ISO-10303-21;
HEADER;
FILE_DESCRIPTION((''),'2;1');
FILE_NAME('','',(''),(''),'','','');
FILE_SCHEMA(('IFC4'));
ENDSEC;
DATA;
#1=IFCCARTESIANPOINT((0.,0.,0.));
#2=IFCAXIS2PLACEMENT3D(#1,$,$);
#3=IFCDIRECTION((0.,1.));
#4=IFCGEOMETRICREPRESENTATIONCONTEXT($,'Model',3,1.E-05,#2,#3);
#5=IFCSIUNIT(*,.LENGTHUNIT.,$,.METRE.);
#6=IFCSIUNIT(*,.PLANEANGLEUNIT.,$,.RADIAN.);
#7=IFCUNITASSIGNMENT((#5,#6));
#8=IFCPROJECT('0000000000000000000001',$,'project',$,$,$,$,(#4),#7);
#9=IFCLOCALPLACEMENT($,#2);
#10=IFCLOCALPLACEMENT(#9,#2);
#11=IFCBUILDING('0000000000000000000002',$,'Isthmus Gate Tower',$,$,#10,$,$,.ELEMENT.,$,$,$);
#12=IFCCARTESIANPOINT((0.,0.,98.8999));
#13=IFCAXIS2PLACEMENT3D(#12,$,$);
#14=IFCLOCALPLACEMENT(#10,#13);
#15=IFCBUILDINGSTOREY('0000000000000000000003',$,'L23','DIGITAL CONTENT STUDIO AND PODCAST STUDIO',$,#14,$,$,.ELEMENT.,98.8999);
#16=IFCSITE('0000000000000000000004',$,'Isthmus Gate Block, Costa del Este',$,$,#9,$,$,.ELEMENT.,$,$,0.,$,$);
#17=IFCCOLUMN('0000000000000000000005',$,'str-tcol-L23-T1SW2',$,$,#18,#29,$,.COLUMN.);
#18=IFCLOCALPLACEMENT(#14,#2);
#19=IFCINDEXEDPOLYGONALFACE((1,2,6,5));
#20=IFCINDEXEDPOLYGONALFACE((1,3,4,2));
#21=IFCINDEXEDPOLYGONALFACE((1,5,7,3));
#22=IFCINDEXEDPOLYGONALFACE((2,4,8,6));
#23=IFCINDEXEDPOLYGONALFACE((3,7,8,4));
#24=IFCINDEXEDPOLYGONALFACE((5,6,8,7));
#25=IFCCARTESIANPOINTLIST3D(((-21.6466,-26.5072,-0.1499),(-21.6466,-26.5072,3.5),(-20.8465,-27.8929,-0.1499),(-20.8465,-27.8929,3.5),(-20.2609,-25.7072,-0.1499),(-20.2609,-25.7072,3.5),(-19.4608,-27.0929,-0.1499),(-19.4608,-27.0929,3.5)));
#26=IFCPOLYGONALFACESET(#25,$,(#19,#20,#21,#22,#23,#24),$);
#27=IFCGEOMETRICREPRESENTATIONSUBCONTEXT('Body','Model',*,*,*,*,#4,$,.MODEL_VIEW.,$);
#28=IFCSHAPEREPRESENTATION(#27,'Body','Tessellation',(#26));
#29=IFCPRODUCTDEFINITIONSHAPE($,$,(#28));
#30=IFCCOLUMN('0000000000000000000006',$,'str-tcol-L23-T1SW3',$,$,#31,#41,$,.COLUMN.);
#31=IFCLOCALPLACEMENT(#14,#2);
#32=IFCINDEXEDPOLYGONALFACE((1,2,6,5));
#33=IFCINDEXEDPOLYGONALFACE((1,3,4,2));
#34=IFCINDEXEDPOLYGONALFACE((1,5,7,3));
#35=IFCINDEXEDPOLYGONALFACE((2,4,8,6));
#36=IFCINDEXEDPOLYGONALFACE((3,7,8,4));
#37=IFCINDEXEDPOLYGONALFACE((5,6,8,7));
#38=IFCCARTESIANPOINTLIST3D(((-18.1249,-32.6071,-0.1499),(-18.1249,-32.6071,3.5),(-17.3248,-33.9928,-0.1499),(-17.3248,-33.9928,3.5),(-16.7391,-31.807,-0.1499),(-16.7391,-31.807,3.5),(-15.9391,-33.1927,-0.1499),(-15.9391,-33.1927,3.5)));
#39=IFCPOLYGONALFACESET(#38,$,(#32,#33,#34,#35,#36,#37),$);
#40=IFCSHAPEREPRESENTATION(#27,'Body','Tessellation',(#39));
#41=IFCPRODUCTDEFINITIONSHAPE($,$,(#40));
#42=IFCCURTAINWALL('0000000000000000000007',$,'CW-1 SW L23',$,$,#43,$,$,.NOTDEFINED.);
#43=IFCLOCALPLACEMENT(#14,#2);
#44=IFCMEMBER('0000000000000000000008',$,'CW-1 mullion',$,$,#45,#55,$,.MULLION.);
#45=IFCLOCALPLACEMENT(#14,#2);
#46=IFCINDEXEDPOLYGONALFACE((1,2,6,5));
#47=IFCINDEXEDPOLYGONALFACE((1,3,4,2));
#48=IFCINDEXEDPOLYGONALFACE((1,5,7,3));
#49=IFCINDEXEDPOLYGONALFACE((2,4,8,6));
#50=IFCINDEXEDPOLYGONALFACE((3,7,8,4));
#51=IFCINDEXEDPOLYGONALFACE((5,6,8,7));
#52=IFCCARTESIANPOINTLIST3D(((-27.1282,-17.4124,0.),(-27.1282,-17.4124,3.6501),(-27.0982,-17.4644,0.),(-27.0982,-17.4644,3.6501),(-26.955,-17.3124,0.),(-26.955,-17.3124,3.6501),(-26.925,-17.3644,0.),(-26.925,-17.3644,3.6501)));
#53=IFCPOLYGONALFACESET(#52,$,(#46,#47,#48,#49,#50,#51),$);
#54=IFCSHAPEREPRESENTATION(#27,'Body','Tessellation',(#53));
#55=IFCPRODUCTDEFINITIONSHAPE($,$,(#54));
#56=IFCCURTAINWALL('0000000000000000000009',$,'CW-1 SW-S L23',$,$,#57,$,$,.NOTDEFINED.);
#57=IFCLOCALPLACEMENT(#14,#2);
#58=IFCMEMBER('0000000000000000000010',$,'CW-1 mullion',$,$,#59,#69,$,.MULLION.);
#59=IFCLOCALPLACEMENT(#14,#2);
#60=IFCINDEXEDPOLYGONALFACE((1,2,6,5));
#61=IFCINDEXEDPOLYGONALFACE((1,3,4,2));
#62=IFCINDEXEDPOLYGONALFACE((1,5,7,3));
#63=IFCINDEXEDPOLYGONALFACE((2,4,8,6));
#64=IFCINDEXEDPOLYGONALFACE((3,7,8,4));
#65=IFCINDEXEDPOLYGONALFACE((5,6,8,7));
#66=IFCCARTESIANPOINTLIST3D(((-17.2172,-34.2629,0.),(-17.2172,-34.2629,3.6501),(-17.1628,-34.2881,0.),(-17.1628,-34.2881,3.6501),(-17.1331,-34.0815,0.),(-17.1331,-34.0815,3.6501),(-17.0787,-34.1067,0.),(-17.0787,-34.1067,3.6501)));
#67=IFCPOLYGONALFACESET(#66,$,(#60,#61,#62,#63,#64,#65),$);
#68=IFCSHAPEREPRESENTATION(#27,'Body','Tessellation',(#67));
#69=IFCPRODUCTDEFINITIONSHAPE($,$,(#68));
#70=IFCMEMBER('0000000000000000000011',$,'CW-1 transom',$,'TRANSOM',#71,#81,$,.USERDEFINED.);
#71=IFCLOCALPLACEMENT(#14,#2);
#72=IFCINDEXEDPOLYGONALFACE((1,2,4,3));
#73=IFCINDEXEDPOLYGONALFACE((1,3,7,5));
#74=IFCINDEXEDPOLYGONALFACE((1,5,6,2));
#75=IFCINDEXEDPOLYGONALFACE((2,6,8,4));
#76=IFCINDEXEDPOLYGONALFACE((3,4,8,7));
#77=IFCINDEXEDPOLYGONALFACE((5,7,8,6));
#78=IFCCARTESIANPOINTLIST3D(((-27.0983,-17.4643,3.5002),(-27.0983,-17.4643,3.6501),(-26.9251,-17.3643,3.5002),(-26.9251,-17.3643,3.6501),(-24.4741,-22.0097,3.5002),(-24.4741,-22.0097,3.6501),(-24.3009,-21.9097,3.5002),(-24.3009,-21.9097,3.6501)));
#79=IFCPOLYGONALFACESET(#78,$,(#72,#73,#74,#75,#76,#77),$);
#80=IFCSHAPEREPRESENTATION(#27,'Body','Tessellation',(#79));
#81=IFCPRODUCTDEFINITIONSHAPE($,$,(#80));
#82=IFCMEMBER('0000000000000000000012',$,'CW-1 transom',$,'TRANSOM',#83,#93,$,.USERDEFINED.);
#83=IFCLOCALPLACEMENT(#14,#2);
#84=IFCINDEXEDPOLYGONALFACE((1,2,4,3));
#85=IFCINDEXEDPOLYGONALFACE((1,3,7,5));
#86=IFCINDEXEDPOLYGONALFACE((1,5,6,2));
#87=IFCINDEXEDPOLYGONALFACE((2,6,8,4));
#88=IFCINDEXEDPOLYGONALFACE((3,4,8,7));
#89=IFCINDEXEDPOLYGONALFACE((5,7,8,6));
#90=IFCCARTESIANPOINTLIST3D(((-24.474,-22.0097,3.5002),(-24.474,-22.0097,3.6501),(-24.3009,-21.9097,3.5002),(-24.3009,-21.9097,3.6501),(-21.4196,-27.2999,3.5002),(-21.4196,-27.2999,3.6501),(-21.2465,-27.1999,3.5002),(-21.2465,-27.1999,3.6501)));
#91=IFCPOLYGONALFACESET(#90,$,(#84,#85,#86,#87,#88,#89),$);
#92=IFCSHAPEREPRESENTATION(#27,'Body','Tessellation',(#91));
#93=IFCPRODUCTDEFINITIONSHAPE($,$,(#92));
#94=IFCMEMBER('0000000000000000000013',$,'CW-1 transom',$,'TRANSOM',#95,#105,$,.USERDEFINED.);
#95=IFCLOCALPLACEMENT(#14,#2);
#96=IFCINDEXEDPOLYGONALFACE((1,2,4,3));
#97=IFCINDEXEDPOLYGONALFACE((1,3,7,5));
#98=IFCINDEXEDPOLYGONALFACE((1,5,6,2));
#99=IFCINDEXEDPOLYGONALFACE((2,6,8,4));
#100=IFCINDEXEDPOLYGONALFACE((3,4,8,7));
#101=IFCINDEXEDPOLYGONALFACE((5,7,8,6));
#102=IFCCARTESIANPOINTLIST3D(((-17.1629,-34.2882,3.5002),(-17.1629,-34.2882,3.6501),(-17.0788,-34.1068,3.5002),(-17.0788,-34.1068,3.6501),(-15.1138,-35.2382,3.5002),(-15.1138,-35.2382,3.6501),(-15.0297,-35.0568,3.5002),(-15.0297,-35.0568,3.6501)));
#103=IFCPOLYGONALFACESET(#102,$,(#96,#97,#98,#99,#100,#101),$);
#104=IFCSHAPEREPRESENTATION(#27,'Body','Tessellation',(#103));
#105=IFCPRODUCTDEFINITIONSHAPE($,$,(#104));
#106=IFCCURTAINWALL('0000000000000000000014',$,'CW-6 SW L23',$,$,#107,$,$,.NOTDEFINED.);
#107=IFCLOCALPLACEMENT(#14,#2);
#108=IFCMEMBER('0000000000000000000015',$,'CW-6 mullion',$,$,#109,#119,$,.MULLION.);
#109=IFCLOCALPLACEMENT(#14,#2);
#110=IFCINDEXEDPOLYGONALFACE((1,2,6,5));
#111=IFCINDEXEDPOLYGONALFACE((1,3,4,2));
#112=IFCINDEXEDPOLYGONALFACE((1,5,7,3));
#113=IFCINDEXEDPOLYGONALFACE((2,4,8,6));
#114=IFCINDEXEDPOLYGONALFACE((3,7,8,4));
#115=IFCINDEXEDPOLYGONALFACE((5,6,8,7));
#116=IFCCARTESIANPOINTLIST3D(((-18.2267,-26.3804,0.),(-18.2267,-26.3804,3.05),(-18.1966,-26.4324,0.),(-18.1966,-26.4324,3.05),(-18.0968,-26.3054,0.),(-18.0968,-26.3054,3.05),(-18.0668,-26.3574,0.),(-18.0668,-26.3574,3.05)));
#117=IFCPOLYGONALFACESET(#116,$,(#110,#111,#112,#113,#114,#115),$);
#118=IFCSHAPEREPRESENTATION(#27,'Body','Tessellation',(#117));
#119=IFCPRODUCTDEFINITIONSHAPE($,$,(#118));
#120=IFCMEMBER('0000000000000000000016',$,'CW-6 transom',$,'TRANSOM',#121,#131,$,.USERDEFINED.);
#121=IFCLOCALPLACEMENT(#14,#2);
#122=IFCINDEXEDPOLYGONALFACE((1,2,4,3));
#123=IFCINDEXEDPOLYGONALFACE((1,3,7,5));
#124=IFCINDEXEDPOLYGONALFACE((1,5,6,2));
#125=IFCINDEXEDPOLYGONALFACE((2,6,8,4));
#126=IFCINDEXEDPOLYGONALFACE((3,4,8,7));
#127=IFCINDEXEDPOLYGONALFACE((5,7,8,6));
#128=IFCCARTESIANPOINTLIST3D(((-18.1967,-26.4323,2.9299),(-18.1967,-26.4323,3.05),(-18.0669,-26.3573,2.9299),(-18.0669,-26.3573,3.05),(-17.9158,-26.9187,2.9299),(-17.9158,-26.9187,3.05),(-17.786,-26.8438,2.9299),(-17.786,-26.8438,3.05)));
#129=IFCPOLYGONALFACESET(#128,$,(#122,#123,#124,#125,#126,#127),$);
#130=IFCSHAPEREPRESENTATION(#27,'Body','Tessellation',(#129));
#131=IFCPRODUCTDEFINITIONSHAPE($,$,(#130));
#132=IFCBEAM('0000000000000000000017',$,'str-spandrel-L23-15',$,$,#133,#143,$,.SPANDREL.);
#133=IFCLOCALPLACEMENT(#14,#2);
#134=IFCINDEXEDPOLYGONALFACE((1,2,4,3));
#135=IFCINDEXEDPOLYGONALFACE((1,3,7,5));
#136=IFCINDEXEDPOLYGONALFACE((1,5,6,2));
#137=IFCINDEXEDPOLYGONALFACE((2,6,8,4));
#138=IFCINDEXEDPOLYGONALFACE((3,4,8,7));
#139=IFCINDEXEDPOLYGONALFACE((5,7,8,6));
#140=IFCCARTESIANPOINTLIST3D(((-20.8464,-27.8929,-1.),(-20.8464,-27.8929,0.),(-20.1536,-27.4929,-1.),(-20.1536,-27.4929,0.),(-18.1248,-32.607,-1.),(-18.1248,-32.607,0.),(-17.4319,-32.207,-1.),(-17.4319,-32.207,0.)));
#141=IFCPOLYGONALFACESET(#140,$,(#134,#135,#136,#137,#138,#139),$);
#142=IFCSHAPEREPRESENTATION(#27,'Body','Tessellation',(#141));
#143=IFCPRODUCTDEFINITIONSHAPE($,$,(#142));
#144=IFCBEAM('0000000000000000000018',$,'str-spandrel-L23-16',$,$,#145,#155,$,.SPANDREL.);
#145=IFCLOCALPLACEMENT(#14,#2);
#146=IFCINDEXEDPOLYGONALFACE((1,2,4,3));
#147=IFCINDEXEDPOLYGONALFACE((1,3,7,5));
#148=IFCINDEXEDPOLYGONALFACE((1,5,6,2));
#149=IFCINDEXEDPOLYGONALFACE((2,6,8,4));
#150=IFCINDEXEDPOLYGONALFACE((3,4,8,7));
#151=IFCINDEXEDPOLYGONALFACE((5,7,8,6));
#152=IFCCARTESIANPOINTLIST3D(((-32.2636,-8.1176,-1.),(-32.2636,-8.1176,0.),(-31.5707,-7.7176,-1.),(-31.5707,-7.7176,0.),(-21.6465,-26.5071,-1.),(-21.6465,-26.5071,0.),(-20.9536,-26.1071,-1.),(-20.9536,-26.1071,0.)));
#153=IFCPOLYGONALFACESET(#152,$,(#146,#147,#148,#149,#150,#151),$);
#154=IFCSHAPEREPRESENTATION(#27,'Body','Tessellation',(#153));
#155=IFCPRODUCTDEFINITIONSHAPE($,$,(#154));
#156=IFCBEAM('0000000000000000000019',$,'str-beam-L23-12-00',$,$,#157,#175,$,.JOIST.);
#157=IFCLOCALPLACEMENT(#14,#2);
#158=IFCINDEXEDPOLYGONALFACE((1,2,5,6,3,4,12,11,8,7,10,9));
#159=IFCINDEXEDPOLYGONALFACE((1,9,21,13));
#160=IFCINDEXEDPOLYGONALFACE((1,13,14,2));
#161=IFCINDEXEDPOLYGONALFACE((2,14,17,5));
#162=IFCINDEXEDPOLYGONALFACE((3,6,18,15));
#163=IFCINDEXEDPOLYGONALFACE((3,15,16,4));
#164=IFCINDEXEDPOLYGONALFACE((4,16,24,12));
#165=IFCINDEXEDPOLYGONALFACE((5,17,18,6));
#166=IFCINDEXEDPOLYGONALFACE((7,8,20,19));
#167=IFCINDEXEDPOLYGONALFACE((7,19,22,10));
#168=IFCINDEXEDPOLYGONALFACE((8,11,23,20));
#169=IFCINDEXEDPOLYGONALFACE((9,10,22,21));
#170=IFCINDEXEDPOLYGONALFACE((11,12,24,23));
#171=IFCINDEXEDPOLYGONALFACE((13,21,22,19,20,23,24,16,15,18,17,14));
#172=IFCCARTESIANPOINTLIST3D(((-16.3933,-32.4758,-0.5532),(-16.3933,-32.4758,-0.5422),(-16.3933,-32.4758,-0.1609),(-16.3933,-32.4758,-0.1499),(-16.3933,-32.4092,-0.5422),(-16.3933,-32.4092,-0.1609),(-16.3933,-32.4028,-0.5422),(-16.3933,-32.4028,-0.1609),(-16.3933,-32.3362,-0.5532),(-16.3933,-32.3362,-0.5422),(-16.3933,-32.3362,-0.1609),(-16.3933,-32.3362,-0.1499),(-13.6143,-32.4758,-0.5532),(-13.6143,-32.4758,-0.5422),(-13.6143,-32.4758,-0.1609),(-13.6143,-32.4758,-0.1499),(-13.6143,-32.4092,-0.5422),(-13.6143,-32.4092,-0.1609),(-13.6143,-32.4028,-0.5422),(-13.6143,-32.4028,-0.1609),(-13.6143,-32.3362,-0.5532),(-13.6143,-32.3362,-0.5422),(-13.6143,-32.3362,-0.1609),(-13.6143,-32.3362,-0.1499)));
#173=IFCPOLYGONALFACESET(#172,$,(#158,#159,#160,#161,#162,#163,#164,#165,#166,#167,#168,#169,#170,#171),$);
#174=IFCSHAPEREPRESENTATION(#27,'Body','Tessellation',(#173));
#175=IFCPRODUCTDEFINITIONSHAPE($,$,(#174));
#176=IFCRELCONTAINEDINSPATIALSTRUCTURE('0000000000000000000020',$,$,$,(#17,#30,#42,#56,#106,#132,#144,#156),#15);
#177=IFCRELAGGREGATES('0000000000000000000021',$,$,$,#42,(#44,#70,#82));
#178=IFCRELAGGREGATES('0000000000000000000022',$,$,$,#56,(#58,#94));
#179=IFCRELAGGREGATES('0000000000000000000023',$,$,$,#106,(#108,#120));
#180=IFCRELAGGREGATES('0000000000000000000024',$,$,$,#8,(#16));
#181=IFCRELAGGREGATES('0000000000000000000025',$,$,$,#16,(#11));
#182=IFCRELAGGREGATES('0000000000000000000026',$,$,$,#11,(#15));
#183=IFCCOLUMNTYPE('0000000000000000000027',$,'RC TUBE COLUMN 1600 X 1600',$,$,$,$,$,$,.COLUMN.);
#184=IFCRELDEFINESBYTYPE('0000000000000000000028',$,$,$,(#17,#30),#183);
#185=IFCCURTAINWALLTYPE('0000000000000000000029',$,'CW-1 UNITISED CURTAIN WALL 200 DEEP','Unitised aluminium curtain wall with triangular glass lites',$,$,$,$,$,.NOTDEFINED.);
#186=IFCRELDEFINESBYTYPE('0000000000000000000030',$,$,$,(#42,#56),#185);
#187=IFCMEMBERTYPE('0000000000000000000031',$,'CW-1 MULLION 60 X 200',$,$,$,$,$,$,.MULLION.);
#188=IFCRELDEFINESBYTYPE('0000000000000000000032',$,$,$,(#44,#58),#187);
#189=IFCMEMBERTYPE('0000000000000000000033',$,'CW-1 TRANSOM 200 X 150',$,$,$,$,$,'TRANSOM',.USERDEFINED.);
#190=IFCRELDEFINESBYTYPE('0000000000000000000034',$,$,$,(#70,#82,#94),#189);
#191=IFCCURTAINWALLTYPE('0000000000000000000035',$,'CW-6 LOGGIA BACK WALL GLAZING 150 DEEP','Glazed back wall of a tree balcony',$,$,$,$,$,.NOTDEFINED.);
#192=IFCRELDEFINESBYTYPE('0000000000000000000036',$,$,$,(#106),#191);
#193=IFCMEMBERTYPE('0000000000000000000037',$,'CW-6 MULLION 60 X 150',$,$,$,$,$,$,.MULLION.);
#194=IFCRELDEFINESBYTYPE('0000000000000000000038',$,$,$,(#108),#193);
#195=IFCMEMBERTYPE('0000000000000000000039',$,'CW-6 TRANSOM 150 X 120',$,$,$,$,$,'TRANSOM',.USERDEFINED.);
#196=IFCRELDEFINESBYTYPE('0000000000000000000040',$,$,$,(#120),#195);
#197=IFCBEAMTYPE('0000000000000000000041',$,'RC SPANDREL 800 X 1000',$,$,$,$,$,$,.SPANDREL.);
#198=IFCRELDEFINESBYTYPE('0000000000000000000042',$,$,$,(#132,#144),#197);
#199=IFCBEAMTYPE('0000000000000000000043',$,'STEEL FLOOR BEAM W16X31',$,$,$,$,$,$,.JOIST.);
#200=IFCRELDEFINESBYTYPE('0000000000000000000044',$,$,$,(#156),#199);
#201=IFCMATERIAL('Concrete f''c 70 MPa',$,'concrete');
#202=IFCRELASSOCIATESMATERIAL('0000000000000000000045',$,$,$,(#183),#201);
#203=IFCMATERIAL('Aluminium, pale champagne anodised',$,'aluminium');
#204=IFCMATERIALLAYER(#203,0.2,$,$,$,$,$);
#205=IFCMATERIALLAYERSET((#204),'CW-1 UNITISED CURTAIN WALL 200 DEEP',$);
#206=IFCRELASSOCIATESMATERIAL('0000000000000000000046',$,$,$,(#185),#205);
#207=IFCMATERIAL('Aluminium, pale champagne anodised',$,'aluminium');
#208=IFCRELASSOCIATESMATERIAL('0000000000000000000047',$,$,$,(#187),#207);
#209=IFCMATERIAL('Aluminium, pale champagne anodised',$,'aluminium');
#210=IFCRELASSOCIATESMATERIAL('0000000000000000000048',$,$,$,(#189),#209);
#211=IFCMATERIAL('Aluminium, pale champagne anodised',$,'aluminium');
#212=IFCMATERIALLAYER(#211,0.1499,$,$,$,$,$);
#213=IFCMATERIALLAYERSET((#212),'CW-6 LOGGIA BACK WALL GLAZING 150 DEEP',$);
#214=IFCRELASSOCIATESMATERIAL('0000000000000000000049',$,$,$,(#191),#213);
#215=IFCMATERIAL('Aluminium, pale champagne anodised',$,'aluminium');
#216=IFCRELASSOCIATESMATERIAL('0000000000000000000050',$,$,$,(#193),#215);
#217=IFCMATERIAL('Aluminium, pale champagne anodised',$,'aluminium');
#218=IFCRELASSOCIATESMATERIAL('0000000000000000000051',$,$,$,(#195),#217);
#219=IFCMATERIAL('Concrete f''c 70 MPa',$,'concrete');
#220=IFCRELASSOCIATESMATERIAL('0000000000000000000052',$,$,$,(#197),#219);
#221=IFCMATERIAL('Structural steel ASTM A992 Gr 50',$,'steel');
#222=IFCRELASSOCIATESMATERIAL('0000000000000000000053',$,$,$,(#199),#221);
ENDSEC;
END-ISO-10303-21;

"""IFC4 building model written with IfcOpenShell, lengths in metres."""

from ifc_helpers import new_model, si_unit, direction, frame, origin, origin_2d, place, context, subcontext, project, spatial, rectangle, i_section, extrude, material, layer, layer_set, material_profile, profile_set, type_object, element, aggregate, save


model = new_model("IFC4")

# Units and contexts
model_context = context("Model", 3, precision=1e-05, world=origin(), true_north=direction((0.0, 1.0)))
body_context = subcontext(model_context, "Body", "Model", "MODEL_VIEW")
ifc_project = project(units=[si_unit("LENGTHUNIT", "METRE"), si_unit("PLANEANGLEUNIT", "RADIAN")], contexts=[model_context])

# Site, building, storey
site_placement = place(None, origin())
site = spatial("IfcSite", under=ifc_project, at=site_placement, Name="Isthmus Gate Block, Costa del Este", CompositionType="ELEMENT", RefElevation=0.0)
building_placement = place(site_placement, origin())
building = spatial("IfcBuilding", under=site, at=building_placement, Name="Isthmus Gate Tower", CompositionType="ELEMENT")
storey_placement = place(building_placement, frame((0.0, 0.0, 98.8999)))
storey = spatial("IfcBuildingStorey", under=building, at=storey_placement, Name="L23", Description="DIGITAL CONTENT STUDIO AND PODCAST STUDIO", CompositionType="ELEMENT", Elevation=98.8999)

# Columns
ifc_material_1 = material(Name="Concrete f'c 70 MPa", Category="concrete")
ifc_material_profile_1 = material_profile(ifc_material_1, rectangle(XDim=1.6001, YDim=1.6001, at=origin_2d()), Name="RC 1600X1600")
ifc_profile_set_1 = profile_set([ifc_material_profile_1], Name="Concrete f'c 70 MPa")
column_type = type_object("IfcColumnType", Name="RC TUBE COLUMN 1600 X 1600", PredefinedType="COLUMN", material=ifc_profile_set_1)
for number, where, z_axis, x_axis, name in (
    (1, (-20.5537, -26.8, -0.1499), (0.0, 0.0, 1.0), (0.5, -0.866025, 0.0), "str-tcol-L23-T1SW2"),
    (2, (-17.032, -32.8999, -0.1499), (0.0, 0.0, 1.0), (0.5, -0.866025, 0.0), "str-tcol-L23-T1SW3"),
):
    element("IfcColumn", number, at=place(storey_placement, frame(where, z_axis=z_axis, x_axis=x_axis)), inside=storey, type_object=column_type, Name=name, PredefinedType="COLUMN", context=body_context, shape_type="SweptSolid", body=[
        extrude(rectangle(XDim=1.6001, YDim=1.6001, at=origin_2d()), origin(), (0.0, 0.0, 1.0), 3.6499),
    ])

# Curtain walls, members
ifc_material_2 = material(Name="Aluminium, pale champagne anodised", Category="aluminium")
ifc_layer_1 = layer(ifc_material_2, 0.2)
ifc_layer_set_1 = layer_set([ifc_layer_1], Name="CW-1 UNITISED CURTAIN WALL 200 DEEP")
curtain_wall_type_1 = type_object("IfcCurtainWallType", Name="CW-1 UNITISED CURTAIN WALL 200 DEEP", Description="Unitised aluminium curtain wall with triangular glass lites", PredefinedType="NOTDEFINED", material=ifc_layer_set_1)
curtain_wall_1_placement = place(storey_placement, origin())
curtain_wall_1 = element("IfcCurtainWall", 3, at=curtain_wall_1_placement, inside=storey, type_object=curtain_wall_type_1, Name="CW-1 SW L23", PredefinedType="NOTDEFINED")
ifc_material_3 = material(Name="Aluminium, pale champagne anodised", Category="aluminium")
ifc_material_profile_2 = material_profile(ifc_material_3, rectangle(XDim=0.0601, YDim=0.2, at=origin_2d()), Name="60x200")
ifc_profile_set_2 = profile_set([ifc_material_profile_2], Name="Aluminium, pale champagne anodised")
member_type_1 = type_object("IfcMemberType", Name="CW-1 MULLION 60 X 200", PredefinedType="MULLION", material=ifc_profile_set_2)
member_1_placement = place(storey_placement, frame((-27.0266, -17.3884, 0.0), z_axis=(0.0, 0.0, 1.0), x_axis=(0.5, -0.866025, 0.0)))
member_1 = element("IfcMember", 4, at=member_1_placement, type_object=member_type_1, Name="CW-1 mullion", PredefinedType="MULLION", context=body_context, shape_type="SweptSolid", body=[
    extrude(rectangle(XDim=0.0601, YDim=0.2, at=origin_2d()), origin(), (0.0, 0.0, 1.0), 3.6501),
])
curtain_wall_2_placement = place(storey_placement, origin())
curtain_wall_2 = element("IfcCurtainWall", 5, at=curtain_wall_2_placement, inside=storey, type_object=curtain_wall_type_1, Name="CW-1 SW-S L23", PredefinedType="NOTDEFINED")
member_2_placement = place(storey_placement, frame((-17.1479, -34.1848, 0.0), z_axis=(0.0, 0.0, 1.0), x_axis=(0.907256, -0.420578, 0.0)))
member_2 = element("IfcMember", 6, at=member_2_placement, type_object=member_type_1, Name="CW-1 mullion", PredefinedType="MULLION", context=body_context, shape_type="SweptSolid", body=[
    extrude(rectangle(XDim=0.0601, YDim=0.2, at=origin_2d()), origin(), (0.0, 0.0, 1.0), 3.6501),
])

# Members
ifc_material_4 = material(Name="Aluminium, pale champagne anodised", Category="aluminium")
ifc_material_profile_3 = material_profile(ifc_material_4, rectangle(XDim=0.2, YDim=0.1499, at=origin_2d()), Name="200x150")
ifc_profile_set_3 = profile_set([ifc_material_profile_3], Name="Aluminium, pale champagne anodised")
member_type_2 = type_object("IfcMemberType", Name="CW-1 TRANSOM 200 X 150", ElementType="TRANSOM", PredefinedType="USERDEFINED", material=ifc_profile_set_3)
member_3_placement = place(storey_placement, frame((-27.0117, -17.4143, 3.5752), z_axis=(0.499996, -0.866028, 0.0), x_axis=(0.866028, 0.499996, 0.0)))
member_3 = element("IfcMember", 7, at=member_3_placement, type_object=member_type_2, Name="CW-1 transom", ObjectType="TRANSOM", PredefinedType="USERDEFINED", context=body_context, shape_type="SweptSolid", body=[
    extrude(rectangle(XDim=0.2, YDim=0.1499, at=origin_2d()), origin(), (0.0, 0.0, 1.0), 5.2485),
])
member_4_placement = place(storey_placement, frame((-24.3875, -21.9597, 3.5752), z_axis=(0.500012, -0.866019, 0.0), x_axis=(0.866019, 0.500012, 0.0)))
member_4 = element("IfcMember", 8, at=member_4_placement, type_object=member_type_2, Name="CW-1 transom", ObjectType="TRANSOM", PredefinedType="USERDEFINED", context=body_context, shape_type="SweptSolid", body=[
    extrude(rectangle(XDim=0.2, YDim=0.1499, at=origin_2d()), origin(), (0.0, 0.0, 1.0), 6.1086),
])
member_5_placement = place(storey_placement, frame((-17.1208, -34.1975, 3.5752), z_axis=(0.907246, -0.4206, 0.0), x_axis=(0.4206, 0.907246, 0.0)))
member_5 = element("IfcMember", 9, at=member_5_placement, type_object=member_type_2, Name="CW-1 transom", ObjectType="TRANSOM", PredefinedType="USERDEFINED", context=body_context, shape_type="SweptSolid", body=[
    extrude(rectangle(XDim=0.2, YDim=0.1499, at=origin_2d()), origin(), (0.0, 0.0, 1.0), 2.2585),
])

# Curtain wall, members
ifc_material_5 = material(Name="Aluminium, pale champagne anodised", Category="aluminium")
ifc_layer_2 = layer(ifc_material_5, 0.1499)
ifc_layer_set_2 = layer_set([ifc_layer_2], Name="CW-6 LOGGIA BACK WALL GLAZING 150 DEEP")
curtain_wall_type_2 = type_object("IfcCurtainWallType", Name="CW-6 LOGGIA BACK WALL GLAZING 150 DEEP", Description="Glazed back wall of a tree balcony", PredefinedType="NOTDEFINED", material=ifc_layer_set_2)
curtain_wall_3_placement = place(storey_placement, origin())
curtain_wall_3 = element("IfcCurtainWall", 10, at=curtain_wall_3_placement, inside=storey, type_object=curtain_wall_type_2, Name="CW-6 SW L23", PredefinedType="NOTDEFINED")
ifc_material_6 = material(Name="Aluminium, pale champagne anodised", Category="aluminium")
ifc_material_profile_4 = material_profile(ifc_material_6, rectangle(XDim=0.0601, YDim=0.1499, at=origin_2d()), Name="60x150")
ifc_profile_set_4 = profile_set([ifc_material_profile_4], Name="Aluminium, pale champagne anodised")
member_type_3 = type_object("IfcMemberType", Name="CW-6 MULLION 60 X 150", PredefinedType="MULLION", material=ifc_profile_set_4)
member_6_placement = place(storey_placement, frame((-18.1467, -26.3689, 0.0), z_axis=(0.0, 0.0, 1.0), x_axis=(0.5, -0.866025, 0.0)))
member_6 = element("IfcMember", 11, at=member_6_placement, type_object=member_type_3, Name="CW-6 mullion", PredefinedType="MULLION", context=body_context, shape_type="SweptSolid", body=[
    extrude(rectangle(XDim=0.0601, YDim=0.1499, at=origin_2d()), origin(), (0.0, 0.0, 1.0), 3.05),
])
ifc_material_7 = material(Name="Aluminium, pale champagne anodised", Category="aluminium")
ifc_material_profile_5 = material_profile(ifc_material_7, rectangle(XDim=0.1499, YDim=0.1201, at=origin_2d()), Name="150x120")
ifc_profile_set_5 = profile_set([ifc_material_profile_5], Name="Aluminium, pale champagne anodised")
member_type_4 = type_object("IfcMemberType", Name="CW-6 TRANSOM 150 X 120", ElementType="TRANSOM", PredefinedType="USERDEFINED", material=ifc_profile_set_5)
member_7_placement = place(storey_placement, frame((-18.1318, -26.3948, 2.99), z_axis=(0.500111, -0.865961, 0.0), x_axis=(0.865961, 0.500111, 0.0)))
member_7 = element("IfcMember", 12, at=member_7_placement, type_object=member_type_4, Name="CW-6 transom", ObjectType="TRANSOM", PredefinedType="USERDEFINED", context=body_context, shape_type="SweptSolid", body=[
    extrude(rectangle(XDim=0.1499, YDim=0.1201, at=origin_2d()), origin(), (0.0, 0.0, 1.0), 0.5618),
])

# Beams
ifc_material_8 = material(Name="Concrete f'c 70 MPa", Category="concrete")
ifc_material_profile_6 = material_profile(ifc_material_8, rectangle(XDim=0.8, YDim=1.0, at=origin_2d()), Name="RC 800X1000")
ifc_profile_set_6 = profile_set([ifc_material_profile_6], Name="Concrete f'c 70 MPa")
beam_type_1 = type_object("IfcBeamType", Name="RC SPANDREL 800 X 1000", PredefinedType="SPANDREL", material=ifc_profile_set_6)
beam_1_placement = place(storey_placement, frame((-17.7783, -32.407, -0.5), z_axis=(-0.499998, 0.866026, 0.0), x_axis=(-0.866026, -0.499998, 0.0)))
element("IfcBeam", 13, at=beam_1_placement, inside=storey, type_object=beam_type_1, Name="str-spandrel-L23-15", PredefinedType="SPANDREL", context=body_context, shape_type="SweptSolid", body=[
    extrude(rectangle(XDim=0.8, YDim=1.0, at=origin_2d()), origin(), (0.0, 0.0, 1.0), 5.4434),
])
beam_2_placement = place(storey_placement, frame((-21.3, -26.3071, -0.5), z_axis=(-0.499997, 0.866027, 0.0), x_axis=(-0.866027, -0.499997, 0.0)))
element("IfcBeam", 14, at=beam_2_placement, inside=storey, type_object=beam_type_1, Name="str-spandrel-L23-16", PredefinedType="SPANDREL", context=body_context, shape_type="SweptSolid", body=[
    extrude(rectangle(XDim=0.8, YDim=1.0, at=origin_2d()), origin(), (0.0, 0.0, 1.0), 21.2344),
])
ifc_material_9 = material(Name="Structural steel ASTM A992 Gr 50", Category="steel")
ifc_material_profile_7 = material_profile(ifc_material_9, i_section(OverallWidth=0.1396, OverallDepth=0.4033, WebThickness=0.0063, FlangeThickness=0.011, at=origin_2d()), Name="W16X31")
ifc_profile_set_7 = profile_set([ifc_material_profile_7], Name="Structural steel ASTM A992 Gr 50")
beam_type_2 = type_object("IfcBeamType", Name="STEEL FLOOR BEAM W16X31", PredefinedType="JOIST", material=ifc_profile_set_7)
beam_3_placement = place(storey_placement, frame((-16.3933, -32.406, -0.3516), z_axis=(1.0, 0.0, 0.0), x_axis=(0.0, 1.0, 0.0)))
element("IfcBeam", 15, at=beam_3_placement, inside=storey, type_object=beam_type_2, Name="str-beam-L23-12-00", PredefinedType="JOIST", context=body_context, shape_type="SweptSolid", body=[
    extrude(i_section(OverallWidth=0.1396, OverallDepth=0.4033, WebThickness=0.0063, FlangeThickness=0.011, at=origin_2d()), origin(), (0.0, 0.0, 1.0), 2.7791),
])

aggregate(curtain_wall_1, [member_1, member_3, member_4])
aggregate(curtain_wall_2, [member_2, member_5])
aggregate(curtain_wall_3, [member_6, member_7])

save(model, "model.ifc")
